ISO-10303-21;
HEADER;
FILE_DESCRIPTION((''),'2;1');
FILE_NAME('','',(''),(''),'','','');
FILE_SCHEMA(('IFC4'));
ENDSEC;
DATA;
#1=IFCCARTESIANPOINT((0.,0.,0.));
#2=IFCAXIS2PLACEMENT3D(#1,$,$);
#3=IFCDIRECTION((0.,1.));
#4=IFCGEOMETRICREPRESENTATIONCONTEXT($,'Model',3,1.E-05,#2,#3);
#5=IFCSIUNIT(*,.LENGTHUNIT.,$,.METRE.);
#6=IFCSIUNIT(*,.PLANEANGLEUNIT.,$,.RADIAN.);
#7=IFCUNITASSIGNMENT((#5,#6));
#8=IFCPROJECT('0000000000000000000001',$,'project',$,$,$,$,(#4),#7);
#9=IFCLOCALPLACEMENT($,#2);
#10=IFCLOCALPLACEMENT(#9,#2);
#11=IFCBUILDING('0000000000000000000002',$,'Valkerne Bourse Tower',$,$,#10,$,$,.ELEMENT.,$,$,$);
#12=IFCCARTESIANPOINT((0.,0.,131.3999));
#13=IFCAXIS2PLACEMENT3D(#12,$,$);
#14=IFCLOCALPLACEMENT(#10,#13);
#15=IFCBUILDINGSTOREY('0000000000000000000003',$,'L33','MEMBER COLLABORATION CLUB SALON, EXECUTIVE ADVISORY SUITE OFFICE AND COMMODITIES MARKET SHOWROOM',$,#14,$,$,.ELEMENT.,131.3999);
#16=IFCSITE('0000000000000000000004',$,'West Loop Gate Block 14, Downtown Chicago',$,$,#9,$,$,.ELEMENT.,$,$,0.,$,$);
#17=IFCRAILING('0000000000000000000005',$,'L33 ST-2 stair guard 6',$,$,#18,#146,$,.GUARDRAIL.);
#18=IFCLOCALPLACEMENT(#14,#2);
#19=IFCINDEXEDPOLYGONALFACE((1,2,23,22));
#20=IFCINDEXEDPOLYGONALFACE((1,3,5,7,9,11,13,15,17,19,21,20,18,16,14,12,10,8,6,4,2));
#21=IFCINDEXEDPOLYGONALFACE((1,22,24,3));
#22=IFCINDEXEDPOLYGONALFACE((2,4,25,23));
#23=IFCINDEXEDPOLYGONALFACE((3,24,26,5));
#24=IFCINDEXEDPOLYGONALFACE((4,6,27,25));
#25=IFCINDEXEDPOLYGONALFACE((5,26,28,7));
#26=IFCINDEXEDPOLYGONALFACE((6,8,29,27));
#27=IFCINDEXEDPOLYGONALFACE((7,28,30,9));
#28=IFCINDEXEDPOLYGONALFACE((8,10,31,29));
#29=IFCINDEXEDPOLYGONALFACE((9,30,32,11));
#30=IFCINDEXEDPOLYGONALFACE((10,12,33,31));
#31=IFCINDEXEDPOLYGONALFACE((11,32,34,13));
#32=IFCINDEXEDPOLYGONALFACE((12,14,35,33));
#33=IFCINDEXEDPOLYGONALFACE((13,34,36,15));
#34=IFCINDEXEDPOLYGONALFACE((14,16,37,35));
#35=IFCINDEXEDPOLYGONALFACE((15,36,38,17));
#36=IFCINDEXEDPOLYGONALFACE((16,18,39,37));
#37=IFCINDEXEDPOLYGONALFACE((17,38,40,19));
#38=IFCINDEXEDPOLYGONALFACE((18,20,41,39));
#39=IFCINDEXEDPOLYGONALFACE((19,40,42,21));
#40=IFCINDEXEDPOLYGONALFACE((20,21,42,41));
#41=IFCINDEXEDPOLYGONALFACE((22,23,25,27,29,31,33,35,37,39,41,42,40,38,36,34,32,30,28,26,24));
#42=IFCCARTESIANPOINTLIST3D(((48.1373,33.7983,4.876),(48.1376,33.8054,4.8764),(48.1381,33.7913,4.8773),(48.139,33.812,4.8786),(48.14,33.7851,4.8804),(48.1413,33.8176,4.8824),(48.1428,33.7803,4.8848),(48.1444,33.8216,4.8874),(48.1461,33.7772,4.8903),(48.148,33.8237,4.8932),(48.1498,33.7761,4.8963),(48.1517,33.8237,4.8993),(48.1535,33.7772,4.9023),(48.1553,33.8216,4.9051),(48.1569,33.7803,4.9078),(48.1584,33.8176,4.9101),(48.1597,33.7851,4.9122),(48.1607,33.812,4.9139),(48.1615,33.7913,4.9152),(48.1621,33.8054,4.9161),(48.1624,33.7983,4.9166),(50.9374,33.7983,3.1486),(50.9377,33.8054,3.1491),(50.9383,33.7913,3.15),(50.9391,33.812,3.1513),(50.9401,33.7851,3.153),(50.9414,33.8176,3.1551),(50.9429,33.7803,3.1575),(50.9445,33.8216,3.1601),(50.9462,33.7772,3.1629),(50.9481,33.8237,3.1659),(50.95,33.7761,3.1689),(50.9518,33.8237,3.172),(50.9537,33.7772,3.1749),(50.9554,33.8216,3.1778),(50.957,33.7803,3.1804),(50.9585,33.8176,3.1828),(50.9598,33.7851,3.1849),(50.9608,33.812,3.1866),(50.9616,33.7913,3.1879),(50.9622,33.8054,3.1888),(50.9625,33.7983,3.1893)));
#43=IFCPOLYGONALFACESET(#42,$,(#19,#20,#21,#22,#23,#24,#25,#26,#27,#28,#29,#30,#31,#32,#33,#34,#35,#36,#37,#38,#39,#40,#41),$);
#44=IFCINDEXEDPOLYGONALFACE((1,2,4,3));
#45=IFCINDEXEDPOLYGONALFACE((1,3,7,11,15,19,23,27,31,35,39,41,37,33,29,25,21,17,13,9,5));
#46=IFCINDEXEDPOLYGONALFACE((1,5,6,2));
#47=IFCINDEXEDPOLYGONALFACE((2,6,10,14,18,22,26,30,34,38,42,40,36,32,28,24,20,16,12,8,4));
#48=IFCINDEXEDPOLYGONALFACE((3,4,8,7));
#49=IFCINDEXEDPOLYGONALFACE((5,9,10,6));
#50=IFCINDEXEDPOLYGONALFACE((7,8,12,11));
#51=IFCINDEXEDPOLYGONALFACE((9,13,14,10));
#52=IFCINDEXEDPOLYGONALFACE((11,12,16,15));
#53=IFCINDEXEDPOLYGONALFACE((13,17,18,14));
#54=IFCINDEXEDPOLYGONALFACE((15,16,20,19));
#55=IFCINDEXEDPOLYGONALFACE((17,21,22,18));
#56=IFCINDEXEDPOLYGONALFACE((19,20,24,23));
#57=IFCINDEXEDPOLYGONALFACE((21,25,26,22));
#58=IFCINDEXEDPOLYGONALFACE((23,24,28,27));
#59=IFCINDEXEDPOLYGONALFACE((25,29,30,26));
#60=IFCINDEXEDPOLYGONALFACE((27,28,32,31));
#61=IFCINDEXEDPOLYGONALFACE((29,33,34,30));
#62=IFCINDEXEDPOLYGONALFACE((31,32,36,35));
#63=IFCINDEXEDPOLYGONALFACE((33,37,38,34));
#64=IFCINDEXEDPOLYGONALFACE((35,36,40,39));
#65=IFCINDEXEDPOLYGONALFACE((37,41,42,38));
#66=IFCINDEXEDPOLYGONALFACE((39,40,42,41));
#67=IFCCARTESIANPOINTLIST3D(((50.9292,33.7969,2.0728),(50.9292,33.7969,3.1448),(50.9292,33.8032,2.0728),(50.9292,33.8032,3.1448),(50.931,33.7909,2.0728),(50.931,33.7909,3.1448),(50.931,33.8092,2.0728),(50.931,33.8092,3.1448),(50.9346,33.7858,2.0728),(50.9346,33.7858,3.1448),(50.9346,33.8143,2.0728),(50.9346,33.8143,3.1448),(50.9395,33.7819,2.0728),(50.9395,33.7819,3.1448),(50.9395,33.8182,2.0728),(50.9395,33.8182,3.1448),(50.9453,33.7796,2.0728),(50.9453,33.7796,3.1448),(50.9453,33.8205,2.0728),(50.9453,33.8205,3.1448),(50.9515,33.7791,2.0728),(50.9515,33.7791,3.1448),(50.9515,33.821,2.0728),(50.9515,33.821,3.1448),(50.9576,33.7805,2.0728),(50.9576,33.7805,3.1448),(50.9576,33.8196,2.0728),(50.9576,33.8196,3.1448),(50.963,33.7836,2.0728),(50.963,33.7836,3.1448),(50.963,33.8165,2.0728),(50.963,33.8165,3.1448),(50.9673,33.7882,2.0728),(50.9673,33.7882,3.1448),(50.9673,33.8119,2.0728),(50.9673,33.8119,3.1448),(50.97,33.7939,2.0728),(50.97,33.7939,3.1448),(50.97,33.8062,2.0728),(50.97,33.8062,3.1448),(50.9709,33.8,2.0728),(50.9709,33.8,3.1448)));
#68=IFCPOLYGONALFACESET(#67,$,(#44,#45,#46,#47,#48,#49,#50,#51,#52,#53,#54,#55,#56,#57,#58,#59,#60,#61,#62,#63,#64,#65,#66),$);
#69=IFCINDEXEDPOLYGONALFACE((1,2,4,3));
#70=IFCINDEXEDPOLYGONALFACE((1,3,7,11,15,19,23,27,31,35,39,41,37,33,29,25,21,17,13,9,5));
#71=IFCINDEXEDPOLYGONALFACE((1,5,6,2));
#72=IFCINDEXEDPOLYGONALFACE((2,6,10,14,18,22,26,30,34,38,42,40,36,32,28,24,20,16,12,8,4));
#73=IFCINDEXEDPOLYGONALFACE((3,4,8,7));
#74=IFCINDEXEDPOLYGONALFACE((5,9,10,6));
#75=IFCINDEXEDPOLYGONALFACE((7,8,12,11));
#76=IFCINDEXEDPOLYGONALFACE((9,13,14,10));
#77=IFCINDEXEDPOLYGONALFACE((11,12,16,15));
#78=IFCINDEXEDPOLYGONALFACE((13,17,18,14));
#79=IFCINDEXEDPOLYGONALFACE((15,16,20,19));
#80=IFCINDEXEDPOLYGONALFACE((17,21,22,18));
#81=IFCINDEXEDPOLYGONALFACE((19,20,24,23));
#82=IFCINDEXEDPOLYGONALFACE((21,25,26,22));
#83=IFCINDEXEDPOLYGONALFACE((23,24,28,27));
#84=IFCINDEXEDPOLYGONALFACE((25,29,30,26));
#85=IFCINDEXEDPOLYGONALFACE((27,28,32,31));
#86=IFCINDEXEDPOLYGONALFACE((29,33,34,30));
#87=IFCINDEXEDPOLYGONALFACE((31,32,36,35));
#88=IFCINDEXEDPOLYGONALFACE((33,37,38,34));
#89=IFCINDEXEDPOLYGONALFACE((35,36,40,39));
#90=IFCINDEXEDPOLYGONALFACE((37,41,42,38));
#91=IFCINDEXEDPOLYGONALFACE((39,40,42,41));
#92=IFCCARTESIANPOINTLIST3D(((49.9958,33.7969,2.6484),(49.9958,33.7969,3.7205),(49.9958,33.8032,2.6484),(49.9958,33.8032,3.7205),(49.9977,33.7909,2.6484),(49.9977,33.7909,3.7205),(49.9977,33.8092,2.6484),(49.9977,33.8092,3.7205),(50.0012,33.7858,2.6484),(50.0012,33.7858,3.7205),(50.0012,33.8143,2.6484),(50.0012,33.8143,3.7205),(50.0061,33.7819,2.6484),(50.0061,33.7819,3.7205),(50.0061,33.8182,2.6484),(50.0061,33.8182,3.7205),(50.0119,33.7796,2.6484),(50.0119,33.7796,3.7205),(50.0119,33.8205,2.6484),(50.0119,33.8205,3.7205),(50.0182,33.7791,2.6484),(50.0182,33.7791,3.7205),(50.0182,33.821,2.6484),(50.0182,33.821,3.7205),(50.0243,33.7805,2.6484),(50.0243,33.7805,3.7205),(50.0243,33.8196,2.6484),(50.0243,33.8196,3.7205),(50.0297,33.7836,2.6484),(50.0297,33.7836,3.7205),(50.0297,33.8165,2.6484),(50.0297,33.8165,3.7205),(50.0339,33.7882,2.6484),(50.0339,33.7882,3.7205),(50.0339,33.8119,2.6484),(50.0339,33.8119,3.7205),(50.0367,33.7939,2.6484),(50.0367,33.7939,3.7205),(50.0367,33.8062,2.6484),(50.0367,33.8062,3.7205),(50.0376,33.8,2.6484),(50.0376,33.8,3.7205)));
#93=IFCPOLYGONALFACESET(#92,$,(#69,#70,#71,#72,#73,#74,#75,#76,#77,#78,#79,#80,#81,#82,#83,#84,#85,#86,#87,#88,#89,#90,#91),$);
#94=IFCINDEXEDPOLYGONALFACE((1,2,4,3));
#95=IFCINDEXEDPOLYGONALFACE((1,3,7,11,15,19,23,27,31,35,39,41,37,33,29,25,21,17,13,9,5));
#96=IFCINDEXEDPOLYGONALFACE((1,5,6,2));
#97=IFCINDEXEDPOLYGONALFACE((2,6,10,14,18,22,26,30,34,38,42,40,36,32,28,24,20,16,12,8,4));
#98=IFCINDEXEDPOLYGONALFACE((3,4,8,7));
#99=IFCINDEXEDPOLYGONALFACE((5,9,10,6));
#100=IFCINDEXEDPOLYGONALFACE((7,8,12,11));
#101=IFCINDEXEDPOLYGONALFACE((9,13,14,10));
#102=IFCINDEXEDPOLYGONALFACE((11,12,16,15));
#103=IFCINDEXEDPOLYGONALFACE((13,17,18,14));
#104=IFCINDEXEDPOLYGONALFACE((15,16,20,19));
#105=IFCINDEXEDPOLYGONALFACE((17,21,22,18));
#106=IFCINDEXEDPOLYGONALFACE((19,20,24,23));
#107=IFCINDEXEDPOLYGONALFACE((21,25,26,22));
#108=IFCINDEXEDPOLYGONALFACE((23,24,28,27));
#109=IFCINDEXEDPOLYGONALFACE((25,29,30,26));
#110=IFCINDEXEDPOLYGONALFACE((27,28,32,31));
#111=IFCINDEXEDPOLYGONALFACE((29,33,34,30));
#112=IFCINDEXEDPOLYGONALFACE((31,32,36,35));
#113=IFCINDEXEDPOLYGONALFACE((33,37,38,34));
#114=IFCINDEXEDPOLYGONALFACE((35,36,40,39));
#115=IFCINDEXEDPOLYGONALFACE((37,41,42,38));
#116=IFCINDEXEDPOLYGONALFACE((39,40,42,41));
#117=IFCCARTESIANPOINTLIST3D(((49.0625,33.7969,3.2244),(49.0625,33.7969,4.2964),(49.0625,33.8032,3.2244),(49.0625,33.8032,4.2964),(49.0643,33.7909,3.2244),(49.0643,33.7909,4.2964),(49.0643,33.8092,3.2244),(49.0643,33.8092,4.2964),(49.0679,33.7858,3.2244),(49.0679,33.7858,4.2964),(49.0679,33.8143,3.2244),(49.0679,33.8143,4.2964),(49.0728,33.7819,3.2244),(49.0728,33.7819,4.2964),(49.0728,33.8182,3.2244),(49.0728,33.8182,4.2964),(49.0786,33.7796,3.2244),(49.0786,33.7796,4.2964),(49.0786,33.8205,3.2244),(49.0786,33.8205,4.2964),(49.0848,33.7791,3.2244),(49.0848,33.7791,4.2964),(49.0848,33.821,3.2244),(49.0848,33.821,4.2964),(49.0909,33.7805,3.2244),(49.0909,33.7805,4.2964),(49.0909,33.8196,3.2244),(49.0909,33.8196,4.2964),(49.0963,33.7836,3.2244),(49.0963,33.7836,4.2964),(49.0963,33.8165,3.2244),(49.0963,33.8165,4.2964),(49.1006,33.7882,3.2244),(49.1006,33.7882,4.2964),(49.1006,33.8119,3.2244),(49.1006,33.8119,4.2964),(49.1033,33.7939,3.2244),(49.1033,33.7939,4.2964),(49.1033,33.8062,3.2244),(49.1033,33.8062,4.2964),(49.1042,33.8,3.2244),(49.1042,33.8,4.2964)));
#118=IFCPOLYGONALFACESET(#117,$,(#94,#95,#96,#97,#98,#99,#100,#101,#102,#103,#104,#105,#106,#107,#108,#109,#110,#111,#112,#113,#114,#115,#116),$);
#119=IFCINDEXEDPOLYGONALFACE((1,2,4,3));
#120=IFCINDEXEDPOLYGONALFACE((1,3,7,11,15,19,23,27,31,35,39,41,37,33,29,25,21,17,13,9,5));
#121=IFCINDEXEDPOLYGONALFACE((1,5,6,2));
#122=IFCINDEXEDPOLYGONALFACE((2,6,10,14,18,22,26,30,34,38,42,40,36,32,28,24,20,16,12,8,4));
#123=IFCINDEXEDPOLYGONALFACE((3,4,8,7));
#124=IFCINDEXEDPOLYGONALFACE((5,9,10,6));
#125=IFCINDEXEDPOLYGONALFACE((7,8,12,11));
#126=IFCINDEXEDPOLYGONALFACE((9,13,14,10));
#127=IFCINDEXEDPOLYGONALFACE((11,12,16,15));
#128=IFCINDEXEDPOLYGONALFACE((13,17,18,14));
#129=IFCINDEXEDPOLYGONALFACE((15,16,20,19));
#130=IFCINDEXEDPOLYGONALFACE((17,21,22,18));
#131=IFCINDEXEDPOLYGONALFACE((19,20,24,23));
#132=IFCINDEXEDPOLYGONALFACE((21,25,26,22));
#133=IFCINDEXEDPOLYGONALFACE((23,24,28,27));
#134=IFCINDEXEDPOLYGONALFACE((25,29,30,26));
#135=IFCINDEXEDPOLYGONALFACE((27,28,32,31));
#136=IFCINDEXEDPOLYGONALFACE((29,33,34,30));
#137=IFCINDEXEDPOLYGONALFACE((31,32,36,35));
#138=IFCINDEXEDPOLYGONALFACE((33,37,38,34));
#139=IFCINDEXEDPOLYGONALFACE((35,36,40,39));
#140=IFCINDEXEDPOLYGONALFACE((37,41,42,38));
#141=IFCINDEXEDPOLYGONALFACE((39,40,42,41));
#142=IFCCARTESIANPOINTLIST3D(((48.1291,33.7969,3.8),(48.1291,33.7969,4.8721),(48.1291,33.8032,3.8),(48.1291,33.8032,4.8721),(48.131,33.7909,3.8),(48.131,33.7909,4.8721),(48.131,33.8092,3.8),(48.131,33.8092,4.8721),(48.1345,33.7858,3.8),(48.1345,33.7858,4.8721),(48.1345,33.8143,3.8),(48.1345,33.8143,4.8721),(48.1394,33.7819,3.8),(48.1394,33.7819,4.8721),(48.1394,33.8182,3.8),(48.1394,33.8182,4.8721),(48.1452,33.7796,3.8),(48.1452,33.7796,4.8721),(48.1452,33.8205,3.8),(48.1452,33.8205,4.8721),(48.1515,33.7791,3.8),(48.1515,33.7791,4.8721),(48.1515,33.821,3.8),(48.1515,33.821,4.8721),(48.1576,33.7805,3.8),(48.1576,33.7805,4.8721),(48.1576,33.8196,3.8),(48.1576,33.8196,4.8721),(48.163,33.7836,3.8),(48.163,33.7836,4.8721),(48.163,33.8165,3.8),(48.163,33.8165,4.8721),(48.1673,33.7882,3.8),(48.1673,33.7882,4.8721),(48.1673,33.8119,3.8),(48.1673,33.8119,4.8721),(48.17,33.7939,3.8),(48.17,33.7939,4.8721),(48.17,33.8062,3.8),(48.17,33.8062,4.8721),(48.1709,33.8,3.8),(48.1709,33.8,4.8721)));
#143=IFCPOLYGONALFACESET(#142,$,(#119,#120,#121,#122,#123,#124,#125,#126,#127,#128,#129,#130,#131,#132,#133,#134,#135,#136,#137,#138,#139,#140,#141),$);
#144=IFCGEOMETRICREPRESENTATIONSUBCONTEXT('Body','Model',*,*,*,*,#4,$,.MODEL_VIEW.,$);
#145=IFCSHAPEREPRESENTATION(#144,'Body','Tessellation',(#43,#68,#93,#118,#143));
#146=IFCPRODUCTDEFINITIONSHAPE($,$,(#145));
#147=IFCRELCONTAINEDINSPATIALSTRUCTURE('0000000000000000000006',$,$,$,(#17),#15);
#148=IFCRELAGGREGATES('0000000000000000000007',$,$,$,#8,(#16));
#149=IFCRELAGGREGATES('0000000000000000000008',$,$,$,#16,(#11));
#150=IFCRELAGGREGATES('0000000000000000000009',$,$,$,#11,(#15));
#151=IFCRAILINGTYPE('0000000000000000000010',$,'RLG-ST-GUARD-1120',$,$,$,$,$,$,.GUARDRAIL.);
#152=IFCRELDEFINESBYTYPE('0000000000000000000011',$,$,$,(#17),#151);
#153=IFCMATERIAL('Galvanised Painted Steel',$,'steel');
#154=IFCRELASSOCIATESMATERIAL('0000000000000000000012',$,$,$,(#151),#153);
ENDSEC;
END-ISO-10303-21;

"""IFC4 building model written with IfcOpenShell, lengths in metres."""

from ifc_helpers import new_model, si_unit, direction, frame, origin, origin_2d, place, context, subcontext, project, spatial, circle, extrude, material, type_object, element, save


model = new_model("IFC4")

# Units and contexts
model_context = context("Model", 3, precision=1e-05, world=origin(), true_north=direction((0.0, 1.0)))
body_context = subcontext(model_context, "Body", "Model", "MODEL_VIEW")
ifc_project = project(units=[si_unit("LENGTHUNIT", "METRE"), si_unit("PLANEANGLEUNIT", "RADIAN")], contexts=[model_context])

# Site, building, storey
site_placement = place(None, origin())
site = spatial("IfcSite", under=ifc_project, at=site_placement, Name="West Loop Gate Block 14, Downtown Chicago", CompositionType="ELEMENT", RefElevation=0.0)
building_placement = place(site_placement, origin())
building = spatial("IfcBuilding", under=site, at=building_placement, Name="Valkerne Bourse Tower", CompositionType="ELEMENT")
storey_placement = place(building_placement, frame((0.0, 0.0, 131.3999)))
storey = spatial("IfcBuildingStorey", under=building, at=storey_placement, Name="L33", Description="MEMBER COLLABORATION CLUB SALON, EXECUTIVE ADVISORY SUITE OFFICE AND COMMODITIES MARKET SHOWROOM", CompositionType="ELEMENT", Elevation=131.3999)

# Shared definitions
ifc_material_1 = material(Name="Galvanised Painted Steel", Category="steel")

# Railing
railing_type_1 = type_object("IfcRailingType", Name="RLG-ST-GUARD-1120", PredefinedType="GUARDRAIL", material=ifc_material_1)
railing_1_placement = place(storey_placement, frame((50.95, 33.8, 2.0728)))
element("IfcRailing", 1, at=railing_1_placement, inside=storey, type_object=railing_type_1, Name="L33 ST-2 stair guard 6", PredefinedType="GUARDRAIL", context=body_context, shape_type="SweptSolid", body=[
    extrude(circle(Radius=0.0239, at=origin_2d()), frame((0.0, 0.0, 1.0962), z_axis=(-0.85109, 0.0, 0.52502), x_axis=(0.0, -1.0, 0.0)), (0.0, 0.0, 1.0), 3.29),
    extrude(circle(Radius=0.021, at=origin_2d()), origin(), (0.0, 0.0, 1.0), 1.072),
    extrude(circle(Radius=0.021, at=origin_2d()), frame((-0.9333, 0.0, 0.5757)), (0.0, 0.0, 1.0), 1.072),
    extrude(circle(Radius=0.021, at=origin_2d()), frame((-1.8667, 0.0, 1.1516)), (0.0, 0.0, 1.0), 1.072),
    extrude(circle(Radius=0.021, at=origin_2d()), frame((-2.8, 0.0, 1.7273)), (0.0, 0.0, 1.0), 1.072),
])

save(model, "model.ifc")
